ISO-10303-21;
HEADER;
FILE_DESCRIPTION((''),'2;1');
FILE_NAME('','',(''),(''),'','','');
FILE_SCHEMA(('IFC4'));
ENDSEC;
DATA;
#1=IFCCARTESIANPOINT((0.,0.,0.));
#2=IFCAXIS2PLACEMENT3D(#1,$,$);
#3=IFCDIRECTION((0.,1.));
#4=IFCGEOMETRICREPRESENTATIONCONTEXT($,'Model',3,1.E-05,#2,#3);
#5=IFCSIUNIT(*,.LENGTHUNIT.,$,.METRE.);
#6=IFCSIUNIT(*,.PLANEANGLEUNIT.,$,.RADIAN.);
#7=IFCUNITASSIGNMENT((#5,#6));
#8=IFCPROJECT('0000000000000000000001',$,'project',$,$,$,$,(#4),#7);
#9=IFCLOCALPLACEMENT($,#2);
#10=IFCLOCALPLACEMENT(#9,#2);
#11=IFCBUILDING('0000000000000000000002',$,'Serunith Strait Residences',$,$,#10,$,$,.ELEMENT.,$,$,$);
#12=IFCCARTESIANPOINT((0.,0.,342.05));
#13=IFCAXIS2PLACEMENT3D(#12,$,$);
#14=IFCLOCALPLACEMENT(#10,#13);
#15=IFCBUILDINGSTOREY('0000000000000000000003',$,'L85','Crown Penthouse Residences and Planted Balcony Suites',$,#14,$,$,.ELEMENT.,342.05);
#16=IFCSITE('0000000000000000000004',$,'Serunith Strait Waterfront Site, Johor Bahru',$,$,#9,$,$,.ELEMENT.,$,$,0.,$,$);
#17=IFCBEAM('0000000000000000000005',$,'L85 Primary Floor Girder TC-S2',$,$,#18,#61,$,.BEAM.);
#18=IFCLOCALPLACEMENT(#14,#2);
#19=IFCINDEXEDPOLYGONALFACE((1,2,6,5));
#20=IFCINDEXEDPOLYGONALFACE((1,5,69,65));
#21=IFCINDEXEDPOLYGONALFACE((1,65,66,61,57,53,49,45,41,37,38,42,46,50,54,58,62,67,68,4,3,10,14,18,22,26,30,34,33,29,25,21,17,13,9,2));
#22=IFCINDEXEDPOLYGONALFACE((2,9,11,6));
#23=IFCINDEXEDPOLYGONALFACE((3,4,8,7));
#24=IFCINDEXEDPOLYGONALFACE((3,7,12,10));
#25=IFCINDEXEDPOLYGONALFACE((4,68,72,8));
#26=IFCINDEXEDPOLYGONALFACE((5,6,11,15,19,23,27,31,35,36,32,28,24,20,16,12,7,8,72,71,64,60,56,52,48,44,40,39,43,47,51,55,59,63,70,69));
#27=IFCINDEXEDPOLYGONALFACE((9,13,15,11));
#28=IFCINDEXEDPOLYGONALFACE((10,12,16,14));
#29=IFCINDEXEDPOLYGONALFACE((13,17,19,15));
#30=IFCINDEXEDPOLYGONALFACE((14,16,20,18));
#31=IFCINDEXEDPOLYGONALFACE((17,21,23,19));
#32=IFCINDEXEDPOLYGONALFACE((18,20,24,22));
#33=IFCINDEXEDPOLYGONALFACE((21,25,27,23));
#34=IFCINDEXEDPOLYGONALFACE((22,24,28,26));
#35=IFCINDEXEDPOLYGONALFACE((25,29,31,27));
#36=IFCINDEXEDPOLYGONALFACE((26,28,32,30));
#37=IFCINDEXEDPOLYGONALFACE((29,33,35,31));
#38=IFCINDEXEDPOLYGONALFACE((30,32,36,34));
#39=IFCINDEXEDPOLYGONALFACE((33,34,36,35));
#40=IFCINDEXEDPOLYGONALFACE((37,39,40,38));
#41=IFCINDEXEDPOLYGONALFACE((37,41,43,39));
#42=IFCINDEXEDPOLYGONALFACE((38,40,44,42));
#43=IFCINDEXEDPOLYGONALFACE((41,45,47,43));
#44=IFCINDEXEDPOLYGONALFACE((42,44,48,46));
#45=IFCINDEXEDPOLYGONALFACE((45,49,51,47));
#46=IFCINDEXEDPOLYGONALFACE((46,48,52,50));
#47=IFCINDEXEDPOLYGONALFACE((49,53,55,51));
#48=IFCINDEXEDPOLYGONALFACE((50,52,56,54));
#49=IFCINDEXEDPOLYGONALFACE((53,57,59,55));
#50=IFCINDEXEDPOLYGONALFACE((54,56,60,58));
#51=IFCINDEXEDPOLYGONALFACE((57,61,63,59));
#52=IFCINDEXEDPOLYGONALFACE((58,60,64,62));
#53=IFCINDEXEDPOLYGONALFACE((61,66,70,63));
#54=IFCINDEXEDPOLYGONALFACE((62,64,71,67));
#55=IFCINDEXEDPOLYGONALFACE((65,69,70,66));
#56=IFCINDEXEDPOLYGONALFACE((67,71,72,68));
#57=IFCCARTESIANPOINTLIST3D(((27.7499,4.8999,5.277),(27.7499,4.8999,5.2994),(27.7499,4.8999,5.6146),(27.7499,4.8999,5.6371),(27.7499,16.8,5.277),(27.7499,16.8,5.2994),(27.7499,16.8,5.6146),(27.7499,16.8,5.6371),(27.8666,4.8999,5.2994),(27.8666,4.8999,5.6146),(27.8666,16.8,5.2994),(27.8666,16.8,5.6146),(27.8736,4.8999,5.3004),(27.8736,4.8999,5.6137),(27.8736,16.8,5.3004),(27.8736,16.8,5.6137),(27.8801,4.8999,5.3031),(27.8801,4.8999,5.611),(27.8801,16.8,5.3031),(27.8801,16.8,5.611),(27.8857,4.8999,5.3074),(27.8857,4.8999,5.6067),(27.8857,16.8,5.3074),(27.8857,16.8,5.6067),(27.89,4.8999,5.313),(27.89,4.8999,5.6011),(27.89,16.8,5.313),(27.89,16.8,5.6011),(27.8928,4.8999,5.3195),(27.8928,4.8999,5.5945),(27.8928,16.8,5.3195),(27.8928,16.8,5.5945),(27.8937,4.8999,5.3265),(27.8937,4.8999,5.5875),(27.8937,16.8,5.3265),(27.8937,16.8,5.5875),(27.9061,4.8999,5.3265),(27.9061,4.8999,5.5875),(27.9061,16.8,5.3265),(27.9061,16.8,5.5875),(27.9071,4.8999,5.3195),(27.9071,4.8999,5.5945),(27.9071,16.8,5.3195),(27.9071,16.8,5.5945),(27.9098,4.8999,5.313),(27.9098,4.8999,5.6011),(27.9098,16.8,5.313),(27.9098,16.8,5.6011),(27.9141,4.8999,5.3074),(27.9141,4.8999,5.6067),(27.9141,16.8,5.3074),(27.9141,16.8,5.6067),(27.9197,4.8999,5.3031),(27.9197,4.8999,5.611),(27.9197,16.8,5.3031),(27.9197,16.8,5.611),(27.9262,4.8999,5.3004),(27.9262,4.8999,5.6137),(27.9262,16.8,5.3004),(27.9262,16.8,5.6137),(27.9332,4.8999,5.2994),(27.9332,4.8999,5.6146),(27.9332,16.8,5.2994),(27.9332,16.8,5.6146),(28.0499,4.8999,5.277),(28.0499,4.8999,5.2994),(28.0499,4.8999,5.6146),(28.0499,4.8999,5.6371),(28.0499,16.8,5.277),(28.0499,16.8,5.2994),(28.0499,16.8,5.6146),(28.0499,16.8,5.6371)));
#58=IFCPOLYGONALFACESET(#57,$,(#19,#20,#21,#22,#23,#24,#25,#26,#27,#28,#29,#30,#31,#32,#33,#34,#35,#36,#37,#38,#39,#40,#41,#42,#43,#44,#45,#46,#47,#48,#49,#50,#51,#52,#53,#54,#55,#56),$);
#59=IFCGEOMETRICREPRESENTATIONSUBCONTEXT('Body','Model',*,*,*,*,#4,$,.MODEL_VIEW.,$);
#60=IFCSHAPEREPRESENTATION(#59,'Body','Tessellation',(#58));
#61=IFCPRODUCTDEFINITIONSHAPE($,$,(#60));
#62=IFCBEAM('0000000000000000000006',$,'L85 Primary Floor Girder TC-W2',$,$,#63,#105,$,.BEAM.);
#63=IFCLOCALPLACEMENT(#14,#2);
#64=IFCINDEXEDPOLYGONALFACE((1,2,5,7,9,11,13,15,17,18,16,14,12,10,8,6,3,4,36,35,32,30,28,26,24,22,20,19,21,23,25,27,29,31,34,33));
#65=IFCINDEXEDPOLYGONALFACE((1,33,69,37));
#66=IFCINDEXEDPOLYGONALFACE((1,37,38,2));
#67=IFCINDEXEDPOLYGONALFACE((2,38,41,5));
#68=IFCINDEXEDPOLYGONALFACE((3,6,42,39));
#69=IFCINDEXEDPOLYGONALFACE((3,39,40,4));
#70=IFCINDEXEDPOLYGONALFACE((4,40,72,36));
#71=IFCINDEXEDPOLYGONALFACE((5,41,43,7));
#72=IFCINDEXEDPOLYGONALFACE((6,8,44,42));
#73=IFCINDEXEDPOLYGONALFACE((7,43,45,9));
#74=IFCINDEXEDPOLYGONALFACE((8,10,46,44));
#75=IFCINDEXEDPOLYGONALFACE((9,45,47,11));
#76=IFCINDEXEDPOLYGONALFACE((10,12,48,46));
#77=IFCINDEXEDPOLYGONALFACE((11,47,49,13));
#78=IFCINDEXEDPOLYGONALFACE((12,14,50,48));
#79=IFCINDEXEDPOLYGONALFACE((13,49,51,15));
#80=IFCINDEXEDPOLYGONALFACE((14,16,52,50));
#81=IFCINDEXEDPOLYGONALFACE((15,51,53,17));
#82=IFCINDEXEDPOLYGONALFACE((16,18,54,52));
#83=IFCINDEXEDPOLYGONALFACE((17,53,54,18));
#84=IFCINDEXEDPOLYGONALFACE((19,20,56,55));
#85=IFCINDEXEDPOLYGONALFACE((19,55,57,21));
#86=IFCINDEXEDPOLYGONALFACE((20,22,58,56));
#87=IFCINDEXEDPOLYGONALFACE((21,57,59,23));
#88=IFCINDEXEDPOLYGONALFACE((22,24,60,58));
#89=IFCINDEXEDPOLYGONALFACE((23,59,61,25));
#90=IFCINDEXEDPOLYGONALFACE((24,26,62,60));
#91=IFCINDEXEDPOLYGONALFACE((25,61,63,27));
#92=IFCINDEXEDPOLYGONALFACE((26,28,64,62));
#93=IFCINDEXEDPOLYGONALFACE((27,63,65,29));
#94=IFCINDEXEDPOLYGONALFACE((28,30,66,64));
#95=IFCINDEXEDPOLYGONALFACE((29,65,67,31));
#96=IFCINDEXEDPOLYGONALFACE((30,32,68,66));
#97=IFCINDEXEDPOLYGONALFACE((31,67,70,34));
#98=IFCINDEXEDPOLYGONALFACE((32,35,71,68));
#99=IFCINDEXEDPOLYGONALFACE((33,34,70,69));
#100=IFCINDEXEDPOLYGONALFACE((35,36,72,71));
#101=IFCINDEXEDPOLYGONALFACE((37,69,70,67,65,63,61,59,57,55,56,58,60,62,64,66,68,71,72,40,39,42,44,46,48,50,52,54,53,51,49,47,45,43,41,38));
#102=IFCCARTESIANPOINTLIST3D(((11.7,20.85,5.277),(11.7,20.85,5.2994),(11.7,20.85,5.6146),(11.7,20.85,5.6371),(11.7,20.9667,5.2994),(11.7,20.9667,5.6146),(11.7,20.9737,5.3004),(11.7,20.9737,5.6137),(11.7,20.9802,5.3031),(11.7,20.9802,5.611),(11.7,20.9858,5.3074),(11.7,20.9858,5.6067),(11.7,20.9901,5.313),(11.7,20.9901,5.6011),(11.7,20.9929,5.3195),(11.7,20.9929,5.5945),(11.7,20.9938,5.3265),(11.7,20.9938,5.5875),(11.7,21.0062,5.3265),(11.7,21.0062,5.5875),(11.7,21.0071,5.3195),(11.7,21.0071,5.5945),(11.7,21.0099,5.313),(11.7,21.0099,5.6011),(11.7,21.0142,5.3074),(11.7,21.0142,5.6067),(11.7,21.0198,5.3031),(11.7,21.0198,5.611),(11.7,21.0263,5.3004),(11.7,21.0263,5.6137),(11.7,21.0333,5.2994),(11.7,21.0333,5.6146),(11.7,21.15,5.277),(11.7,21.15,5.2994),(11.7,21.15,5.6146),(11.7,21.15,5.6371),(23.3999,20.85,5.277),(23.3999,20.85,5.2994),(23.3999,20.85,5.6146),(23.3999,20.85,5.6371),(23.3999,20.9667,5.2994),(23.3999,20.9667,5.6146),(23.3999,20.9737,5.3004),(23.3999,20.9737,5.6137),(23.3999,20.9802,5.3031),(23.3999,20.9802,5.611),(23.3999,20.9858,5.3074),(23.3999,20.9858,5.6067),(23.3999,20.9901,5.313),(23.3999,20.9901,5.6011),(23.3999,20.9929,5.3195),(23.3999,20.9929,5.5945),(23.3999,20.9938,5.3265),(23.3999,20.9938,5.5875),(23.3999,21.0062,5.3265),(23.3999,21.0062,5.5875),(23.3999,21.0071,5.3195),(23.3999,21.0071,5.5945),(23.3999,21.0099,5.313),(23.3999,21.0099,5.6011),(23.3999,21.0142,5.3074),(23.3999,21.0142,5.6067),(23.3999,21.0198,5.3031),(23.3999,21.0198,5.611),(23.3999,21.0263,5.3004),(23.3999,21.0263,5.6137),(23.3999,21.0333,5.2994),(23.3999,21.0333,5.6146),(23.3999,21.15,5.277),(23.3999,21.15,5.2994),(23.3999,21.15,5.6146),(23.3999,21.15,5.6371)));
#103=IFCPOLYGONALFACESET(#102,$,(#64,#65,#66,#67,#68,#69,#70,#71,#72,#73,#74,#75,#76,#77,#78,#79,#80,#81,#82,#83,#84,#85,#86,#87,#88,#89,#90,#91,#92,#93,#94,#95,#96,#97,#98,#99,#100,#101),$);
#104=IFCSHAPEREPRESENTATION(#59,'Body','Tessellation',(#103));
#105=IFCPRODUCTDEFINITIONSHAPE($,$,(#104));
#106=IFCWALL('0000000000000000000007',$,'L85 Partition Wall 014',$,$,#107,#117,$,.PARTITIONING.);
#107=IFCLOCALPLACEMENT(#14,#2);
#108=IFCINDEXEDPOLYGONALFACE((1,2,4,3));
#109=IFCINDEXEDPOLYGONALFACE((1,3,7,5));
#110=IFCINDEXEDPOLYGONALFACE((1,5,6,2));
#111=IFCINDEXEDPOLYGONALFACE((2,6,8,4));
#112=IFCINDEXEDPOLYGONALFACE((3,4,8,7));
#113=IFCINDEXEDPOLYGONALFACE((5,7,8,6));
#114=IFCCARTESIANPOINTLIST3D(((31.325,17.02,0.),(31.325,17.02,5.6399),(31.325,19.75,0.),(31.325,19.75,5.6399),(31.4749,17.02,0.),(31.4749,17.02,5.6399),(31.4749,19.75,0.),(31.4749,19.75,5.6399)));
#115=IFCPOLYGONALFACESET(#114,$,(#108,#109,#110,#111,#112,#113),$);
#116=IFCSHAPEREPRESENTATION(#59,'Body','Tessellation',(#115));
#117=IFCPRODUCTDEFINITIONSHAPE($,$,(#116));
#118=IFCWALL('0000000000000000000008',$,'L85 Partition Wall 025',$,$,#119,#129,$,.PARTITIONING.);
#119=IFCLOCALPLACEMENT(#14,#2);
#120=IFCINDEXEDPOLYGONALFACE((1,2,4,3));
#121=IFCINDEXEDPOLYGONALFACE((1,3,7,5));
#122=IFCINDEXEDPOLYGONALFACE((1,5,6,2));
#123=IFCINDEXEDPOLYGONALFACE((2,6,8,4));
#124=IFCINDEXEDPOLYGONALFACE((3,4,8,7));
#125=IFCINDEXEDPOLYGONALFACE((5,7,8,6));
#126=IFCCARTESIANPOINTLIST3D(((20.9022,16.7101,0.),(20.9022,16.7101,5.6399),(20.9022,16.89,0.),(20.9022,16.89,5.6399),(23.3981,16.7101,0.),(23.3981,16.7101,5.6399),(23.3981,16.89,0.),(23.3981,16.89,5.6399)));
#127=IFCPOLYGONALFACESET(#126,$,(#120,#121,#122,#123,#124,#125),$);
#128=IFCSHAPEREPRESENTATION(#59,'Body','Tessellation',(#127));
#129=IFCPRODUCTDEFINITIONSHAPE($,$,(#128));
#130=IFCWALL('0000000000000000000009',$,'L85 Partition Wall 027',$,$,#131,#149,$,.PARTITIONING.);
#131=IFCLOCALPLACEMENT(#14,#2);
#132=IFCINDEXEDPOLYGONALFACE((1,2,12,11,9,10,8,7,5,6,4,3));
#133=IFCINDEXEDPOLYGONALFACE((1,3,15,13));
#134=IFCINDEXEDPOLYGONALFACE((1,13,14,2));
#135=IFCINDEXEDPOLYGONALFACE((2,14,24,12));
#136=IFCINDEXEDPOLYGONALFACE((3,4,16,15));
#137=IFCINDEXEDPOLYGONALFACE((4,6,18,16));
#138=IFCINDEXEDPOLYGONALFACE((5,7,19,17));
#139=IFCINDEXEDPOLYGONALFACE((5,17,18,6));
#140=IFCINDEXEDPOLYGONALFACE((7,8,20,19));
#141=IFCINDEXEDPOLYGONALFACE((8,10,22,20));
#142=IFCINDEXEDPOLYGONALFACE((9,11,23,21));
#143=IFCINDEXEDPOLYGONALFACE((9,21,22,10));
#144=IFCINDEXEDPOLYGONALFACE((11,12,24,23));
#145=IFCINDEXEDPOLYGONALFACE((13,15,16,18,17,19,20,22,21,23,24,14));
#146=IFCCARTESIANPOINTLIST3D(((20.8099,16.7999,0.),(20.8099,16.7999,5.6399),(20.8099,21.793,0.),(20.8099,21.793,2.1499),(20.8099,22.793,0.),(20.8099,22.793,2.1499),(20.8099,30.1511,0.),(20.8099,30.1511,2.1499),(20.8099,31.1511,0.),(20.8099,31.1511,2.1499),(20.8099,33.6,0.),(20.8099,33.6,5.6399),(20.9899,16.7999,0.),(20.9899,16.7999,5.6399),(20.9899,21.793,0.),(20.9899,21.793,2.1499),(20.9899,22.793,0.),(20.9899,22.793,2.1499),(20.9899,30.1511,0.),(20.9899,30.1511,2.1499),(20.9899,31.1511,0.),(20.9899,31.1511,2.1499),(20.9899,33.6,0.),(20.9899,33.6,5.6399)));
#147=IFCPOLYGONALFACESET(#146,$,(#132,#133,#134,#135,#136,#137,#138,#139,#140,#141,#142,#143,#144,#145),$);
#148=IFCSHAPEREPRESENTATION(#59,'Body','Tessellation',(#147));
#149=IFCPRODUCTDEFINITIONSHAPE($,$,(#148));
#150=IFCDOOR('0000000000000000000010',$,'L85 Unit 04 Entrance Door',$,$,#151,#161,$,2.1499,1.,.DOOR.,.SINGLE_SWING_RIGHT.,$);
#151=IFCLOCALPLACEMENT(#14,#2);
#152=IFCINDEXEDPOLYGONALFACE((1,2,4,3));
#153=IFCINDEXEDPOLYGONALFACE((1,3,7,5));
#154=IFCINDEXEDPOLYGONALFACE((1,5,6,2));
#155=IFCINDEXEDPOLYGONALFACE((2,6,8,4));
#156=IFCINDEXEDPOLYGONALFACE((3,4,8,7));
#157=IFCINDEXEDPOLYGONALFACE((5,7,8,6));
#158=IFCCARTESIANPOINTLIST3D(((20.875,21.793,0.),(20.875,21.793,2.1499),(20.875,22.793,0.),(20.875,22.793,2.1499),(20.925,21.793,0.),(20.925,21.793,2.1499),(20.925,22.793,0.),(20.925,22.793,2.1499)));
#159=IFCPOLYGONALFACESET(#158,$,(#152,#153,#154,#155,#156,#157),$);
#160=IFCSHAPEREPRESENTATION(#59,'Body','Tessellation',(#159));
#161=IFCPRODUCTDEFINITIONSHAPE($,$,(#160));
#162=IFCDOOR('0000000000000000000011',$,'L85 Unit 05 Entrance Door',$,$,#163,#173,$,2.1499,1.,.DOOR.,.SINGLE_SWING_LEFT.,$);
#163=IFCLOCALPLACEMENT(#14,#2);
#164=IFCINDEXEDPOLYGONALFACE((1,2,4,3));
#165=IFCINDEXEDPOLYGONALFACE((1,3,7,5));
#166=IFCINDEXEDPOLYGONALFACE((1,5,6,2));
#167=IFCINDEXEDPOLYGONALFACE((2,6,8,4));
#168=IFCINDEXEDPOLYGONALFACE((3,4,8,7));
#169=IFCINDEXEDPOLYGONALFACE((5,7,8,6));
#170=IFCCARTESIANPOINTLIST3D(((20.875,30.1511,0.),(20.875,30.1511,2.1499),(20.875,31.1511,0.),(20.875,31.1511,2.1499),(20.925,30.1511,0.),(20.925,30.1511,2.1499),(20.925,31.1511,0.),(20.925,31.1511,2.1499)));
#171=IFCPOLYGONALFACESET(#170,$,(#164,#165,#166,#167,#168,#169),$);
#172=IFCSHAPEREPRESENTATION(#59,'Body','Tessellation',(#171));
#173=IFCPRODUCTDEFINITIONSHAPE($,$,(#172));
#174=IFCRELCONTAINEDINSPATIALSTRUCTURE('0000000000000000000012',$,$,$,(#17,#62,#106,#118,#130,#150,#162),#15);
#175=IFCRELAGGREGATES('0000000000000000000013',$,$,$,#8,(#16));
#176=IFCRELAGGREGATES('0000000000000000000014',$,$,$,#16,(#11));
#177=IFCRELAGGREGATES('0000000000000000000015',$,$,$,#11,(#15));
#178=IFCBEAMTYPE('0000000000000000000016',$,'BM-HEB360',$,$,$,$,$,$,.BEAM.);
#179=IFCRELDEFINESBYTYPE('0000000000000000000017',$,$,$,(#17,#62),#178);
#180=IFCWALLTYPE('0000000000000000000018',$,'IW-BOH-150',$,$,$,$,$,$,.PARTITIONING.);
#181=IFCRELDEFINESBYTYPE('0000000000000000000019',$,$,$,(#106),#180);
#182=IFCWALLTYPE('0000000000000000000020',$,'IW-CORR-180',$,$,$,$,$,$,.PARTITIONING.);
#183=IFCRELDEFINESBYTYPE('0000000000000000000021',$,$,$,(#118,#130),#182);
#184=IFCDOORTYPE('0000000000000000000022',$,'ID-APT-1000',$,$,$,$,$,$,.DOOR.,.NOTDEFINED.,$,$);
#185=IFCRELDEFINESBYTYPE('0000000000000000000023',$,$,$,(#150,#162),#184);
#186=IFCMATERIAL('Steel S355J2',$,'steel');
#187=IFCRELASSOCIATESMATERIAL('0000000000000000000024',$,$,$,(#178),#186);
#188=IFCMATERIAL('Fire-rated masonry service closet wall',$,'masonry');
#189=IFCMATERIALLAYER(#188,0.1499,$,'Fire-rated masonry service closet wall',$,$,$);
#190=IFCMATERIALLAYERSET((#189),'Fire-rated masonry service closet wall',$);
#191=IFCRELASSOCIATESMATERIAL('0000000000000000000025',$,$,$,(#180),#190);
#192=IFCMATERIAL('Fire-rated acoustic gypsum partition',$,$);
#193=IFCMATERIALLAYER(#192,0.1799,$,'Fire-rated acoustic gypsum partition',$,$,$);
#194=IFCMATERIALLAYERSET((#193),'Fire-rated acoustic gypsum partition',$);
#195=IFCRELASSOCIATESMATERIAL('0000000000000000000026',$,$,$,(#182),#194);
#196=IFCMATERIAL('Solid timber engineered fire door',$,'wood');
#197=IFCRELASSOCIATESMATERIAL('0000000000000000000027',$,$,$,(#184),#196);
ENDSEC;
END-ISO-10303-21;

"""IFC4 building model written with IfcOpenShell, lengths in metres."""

from ifc_helpers import new_model, si_unit, direction, frame, frame_2d, origin, origin_2d, place, context, subcontext, project, spatial, rectangle, i_section, extrude, source, transform, mapped, material, layer, layer_set, material_profile, profile_set, type_object, element, fill, save


model = new_model("IFC4")

# Units and contexts
model_context = context("Model", 3, precision=1e-05, world=origin(), true_north=direction((0.0, 1.0)))
body_context = subcontext(model_context, "Body", "Model", "MODEL_VIEW")
ifc_project = project(units=[si_unit("LENGTHUNIT", "METRE"), si_unit("PLANEANGLEUNIT", "RADIAN")], contexts=[model_context])

# Site, building, storey
site_placement = place(None, origin())
site = spatial("IfcSite", under=ifc_project, at=site_placement, Name="Serunith Strait Waterfront Site, Johor Bahru", CompositionType="ELEMENT", RefElevation=0.0)
building_placement = place(site_placement, origin())
building = spatial("IfcBuilding", under=site, at=building_placement, Name="Serunith Strait Residences", CompositionType="ELEMENT")
storey_placement = place(building_placement, frame((0.0, 0.0, 342.05)))
storey = spatial("IfcBuildingStorey", under=building, at=storey_placement, Name="L85", Description="Crown Penthouse Residences and Planted Balcony Suites", CompositionType="ELEMENT", Elevation=342.05)

# Beams
ifc_material_1 = material(Name="Steel S355J2", Category="steel")
ifc_material_profile = material_profile(ifc_material_1, i_section(OverallWidth=0.3, OverallDepth=0.3601, WebThickness=0.0125, FlangeThickness=0.0225, FilletRadius=0.0271, at=origin_2d()), Name="HEB 360")
ifc_profile_set = profile_set([ifc_material_profile], Name="Steel S355J2")
beam_type = type_object("IfcBeamType", Name="BM-HEB360", PredefinedType="BEAM", material=ifc_profile_set)
shared_shape_1 = source(origin(), body_context, "Body", "SweptSolid", [
    extrude(i_section(OverallWidth=0.3, OverallDepth=0.3601, WebThickness=0.0125, FlangeThickness=0.0225, FilletRadius=0.0271, at=origin_2d()), origin(), (0.0, 0.0, 1.0), 11.9001),
])
beam_1_placement = place(storey_placement, frame((27.8999, 16.8, 5.457), z_axis=(0.0, -1.0, 0.0), x_axis=(1.0, 0.0, 0.0)))
element("IfcBeam", 1, at=beam_1_placement, inside=storey, type_object=beam_type, Name="L85 Primary Floor Girder TC-S2", PredefinedType="BEAM", context=body_context, shape_type="MappedRepresentation", body=[
    mapped(shared_shape_1, transform((0.0, 0.0, 0.0), scale=1.0)),
])
shared_shape_2 = source(origin(), body_context, "Body", "SweptSolid", [
    extrude(i_section(OverallWidth=0.3, OverallDepth=0.3601, WebThickness=0.0125, FlangeThickness=0.0225, FilletRadius=0.0271, at=origin_2d()), origin(), (0.0, 0.0, 1.0), 11.7),
])
beam_2_placement = place(storey_placement, frame((23.3999, 21.0, 5.457), z_axis=(-1.0, 0.0, 0.0), x_axis=(0.0, -1.0, 0.0)))
element("IfcBeam", 2, at=beam_2_placement, inside=storey, type_object=beam_type, Name="L85 Primary Floor Girder TC-W2", PredefinedType="BEAM", context=body_context, shape_type="MappedRepresentation", body=[
    mapped(shared_shape_2, transform((0.0, 0.0, 0.0), scale=1.0)),
])

# Walls
ifc_material_2 = material(Name="Fire-rated masonry service closet wall", Category="masonry")
ifc_layer_1 = layer(ifc_material_2, 0.1499, Name="Fire-rated masonry service closet wall")
ifc_layer_set_1 = layer_set([ifc_layer_1], Name="Fire-rated masonry service closet wall")
wall_type_1 = type_object("IfcWallType", Name="IW-BOH-150", PredefinedType="PARTITIONING", material=ifc_layer_set_1)
wall_1_placement = place(storey_placement, frame((31.3999, 17.02, 0.0), z_axis=(0.0, 0.0, 1.0), x_axis=(0.0, 1.0, 0.0)))
element("IfcWall", 3, at=wall_1_placement, inside=storey, type_object=wall_type_1, Name="L85 Partition Wall 014", PredefinedType="PARTITIONING", context=body_context, shape_type="SweptSolid", body=[
    extrude(rectangle(XDim=2.73, YDim=0.1499, at=frame_2d((1.365, 0.0))), origin(), (0.0, 0.0, 1.0), 5.6399),
])
ifc_material_3 = material(Name="Fire-rated acoustic gypsum partition")
ifc_layer_2 = layer(ifc_material_3, 0.1799, Name="Fire-rated acoustic gypsum partition")
ifc_layer_set_2 = layer_set([ifc_layer_2], Name="Fire-rated acoustic gypsum partition")
wall_type_2 = type_object("IfcWallType", Name="IW-CORR-180", PredefinedType="PARTITIONING", material=ifc_layer_set_2)
wall_2_placement = place(storey_placement, frame((20.9021, 16.8, 0.0), z_axis=(0.0, 0.0, 1.0), x_axis=(1.0, 0.0, 0.0)))
element("IfcWall", 4, at=wall_2_placement, inside=storey, type_object=wall_type_2, Name="L85 Partition Wall 025", PredefinedType="PARTITIONING", context=body_context, shape_type="SweptSolid", body=[
    extrude(rectangle(XDim=2.4958, YDim=0.1799, at=frame_2d((1.248, 0.0))), origin(), (0.0, 0.0, 1.0), 5.6399),
])

# Wall, openings, doors
wall_3_placement = place(storey_placement, frame((20.8999, 16.8, 0.0), z_axis=(0.0, 0.0, 1.0), x_axis=(0.0, 1.0, 0.0)))
wall_3 = element("IfcWall", 5, at=wall_3_placement, inside=storey, type_object=wall_type_2, Name="L85 Partition Wall 027", PredefinedType="PARTITIONING", context=body_context, shape_type="SweptSolid", body=[
    extrude(rectangle(XDim=16.8, YDim=0.1799, at=frame_2d((8.3999, 0.0))), origin(), (0.0, 0.0, 1.0), 5.6399),
])
opening_1_placement = place(wall_3_placement, frame((4.9929, 0.0, 0.0)))
opening_1 = element("IfcOpeningElement", 6, at=opening_1_placement, cuts=wall_3, PredefinedType="OPENING", context=body_context, shape_type="SweptSolid", body=[
    extrude(rectangle(XDim=1.0, YDim=2.1499, at=frame_2d((0.5, 1.075))), frame((0.0, 0.1001, 0.0), z_axis=(0.0, -1.0, 0.0), x_axis=(1.0, 0.0, 0.0)), (0.0, 0.0, 1.0), 0.2),
])
opening_2_placement = place(wall_3_placement, frame((13.3511, 0.0, 0.0)))
opening_2 = element("IfcOpeningElement", 7, at=opening_2_placement, cuts=wall_3, PredefinedType="OPENING", context=body_context, shape_type="SweptSolid", body=[
    extrude(rectangle(XDim=1.0, YDim=2.1499, at=frame_2d((0.5, 1.075))), frame((0.0, 0.1001, 0.0), z_axis=(0.0, -1.0, 0.0), x_axis=(1.0, 0.0, 0.0)), (0.0, 0.0, 1.0), 0.2),
])
ifc_material_4 = material(Name="Solid timber engineered fire door", Category="wood")
door_type_1 = type_object("IfcDoorType", Name="ID-APT-1000", OperationType="NOTDEFINED", PredefinedType="DOOR", material=ifc_material_4)
shared_shape_3 = source(origin(), body_context, "Body", "SweptSolid", [
    extrude(rectangle(XDim=1.0, YDim=2.1499, at=frame_2d((0.5, 1.075))), frame((0.0, 0.0249, 0.0), z_axis=(0.0, -1.0, 0.0), x_axis=(1.0, 0.0, 0.0)), (0.0, 0.0, 1.0), 0.05),
])
door_1_placement = place(opening_1_placement, origin())
door_1 = element("IfcDoor", 8, at=door_1_placement, inside=storey, type_object=door_type_1, Name="L85 Unit 04 Entrance Door", OperationType="SINGLE_SWING_RIGHT", OverallHeight=2.1499, OverallWidth=1.0, PredefinedType="DOOR", context=body_context, shape_type="MappedRepresentation", body=[
    mapped(shared_shape_3, transform((0.0, 0.0, 0.0), scale=1.0)),
])
fill(opening_1, door_1)
door_2_placement = place(opening_2_placement, origin())
door_2 = element("IfcDoor", 9, at=door_2_placement, inside=storey, type_object=door_type_1, Name="L85 Unit 05 Entrance Door", OperationType="SINGLE_SWING_LEFT", OverallHeight=2.1499, OverallWidth=1.0, PredefinedType="DOOR", context=body_context, shape_type="MappedRepresentation", body=[
    mapped(shared_shape_3, transform((0.0, 0.0, 0.0), scale=1.0)),
])
fill(opening_2, door_2)

save(model, "model.ifc")
